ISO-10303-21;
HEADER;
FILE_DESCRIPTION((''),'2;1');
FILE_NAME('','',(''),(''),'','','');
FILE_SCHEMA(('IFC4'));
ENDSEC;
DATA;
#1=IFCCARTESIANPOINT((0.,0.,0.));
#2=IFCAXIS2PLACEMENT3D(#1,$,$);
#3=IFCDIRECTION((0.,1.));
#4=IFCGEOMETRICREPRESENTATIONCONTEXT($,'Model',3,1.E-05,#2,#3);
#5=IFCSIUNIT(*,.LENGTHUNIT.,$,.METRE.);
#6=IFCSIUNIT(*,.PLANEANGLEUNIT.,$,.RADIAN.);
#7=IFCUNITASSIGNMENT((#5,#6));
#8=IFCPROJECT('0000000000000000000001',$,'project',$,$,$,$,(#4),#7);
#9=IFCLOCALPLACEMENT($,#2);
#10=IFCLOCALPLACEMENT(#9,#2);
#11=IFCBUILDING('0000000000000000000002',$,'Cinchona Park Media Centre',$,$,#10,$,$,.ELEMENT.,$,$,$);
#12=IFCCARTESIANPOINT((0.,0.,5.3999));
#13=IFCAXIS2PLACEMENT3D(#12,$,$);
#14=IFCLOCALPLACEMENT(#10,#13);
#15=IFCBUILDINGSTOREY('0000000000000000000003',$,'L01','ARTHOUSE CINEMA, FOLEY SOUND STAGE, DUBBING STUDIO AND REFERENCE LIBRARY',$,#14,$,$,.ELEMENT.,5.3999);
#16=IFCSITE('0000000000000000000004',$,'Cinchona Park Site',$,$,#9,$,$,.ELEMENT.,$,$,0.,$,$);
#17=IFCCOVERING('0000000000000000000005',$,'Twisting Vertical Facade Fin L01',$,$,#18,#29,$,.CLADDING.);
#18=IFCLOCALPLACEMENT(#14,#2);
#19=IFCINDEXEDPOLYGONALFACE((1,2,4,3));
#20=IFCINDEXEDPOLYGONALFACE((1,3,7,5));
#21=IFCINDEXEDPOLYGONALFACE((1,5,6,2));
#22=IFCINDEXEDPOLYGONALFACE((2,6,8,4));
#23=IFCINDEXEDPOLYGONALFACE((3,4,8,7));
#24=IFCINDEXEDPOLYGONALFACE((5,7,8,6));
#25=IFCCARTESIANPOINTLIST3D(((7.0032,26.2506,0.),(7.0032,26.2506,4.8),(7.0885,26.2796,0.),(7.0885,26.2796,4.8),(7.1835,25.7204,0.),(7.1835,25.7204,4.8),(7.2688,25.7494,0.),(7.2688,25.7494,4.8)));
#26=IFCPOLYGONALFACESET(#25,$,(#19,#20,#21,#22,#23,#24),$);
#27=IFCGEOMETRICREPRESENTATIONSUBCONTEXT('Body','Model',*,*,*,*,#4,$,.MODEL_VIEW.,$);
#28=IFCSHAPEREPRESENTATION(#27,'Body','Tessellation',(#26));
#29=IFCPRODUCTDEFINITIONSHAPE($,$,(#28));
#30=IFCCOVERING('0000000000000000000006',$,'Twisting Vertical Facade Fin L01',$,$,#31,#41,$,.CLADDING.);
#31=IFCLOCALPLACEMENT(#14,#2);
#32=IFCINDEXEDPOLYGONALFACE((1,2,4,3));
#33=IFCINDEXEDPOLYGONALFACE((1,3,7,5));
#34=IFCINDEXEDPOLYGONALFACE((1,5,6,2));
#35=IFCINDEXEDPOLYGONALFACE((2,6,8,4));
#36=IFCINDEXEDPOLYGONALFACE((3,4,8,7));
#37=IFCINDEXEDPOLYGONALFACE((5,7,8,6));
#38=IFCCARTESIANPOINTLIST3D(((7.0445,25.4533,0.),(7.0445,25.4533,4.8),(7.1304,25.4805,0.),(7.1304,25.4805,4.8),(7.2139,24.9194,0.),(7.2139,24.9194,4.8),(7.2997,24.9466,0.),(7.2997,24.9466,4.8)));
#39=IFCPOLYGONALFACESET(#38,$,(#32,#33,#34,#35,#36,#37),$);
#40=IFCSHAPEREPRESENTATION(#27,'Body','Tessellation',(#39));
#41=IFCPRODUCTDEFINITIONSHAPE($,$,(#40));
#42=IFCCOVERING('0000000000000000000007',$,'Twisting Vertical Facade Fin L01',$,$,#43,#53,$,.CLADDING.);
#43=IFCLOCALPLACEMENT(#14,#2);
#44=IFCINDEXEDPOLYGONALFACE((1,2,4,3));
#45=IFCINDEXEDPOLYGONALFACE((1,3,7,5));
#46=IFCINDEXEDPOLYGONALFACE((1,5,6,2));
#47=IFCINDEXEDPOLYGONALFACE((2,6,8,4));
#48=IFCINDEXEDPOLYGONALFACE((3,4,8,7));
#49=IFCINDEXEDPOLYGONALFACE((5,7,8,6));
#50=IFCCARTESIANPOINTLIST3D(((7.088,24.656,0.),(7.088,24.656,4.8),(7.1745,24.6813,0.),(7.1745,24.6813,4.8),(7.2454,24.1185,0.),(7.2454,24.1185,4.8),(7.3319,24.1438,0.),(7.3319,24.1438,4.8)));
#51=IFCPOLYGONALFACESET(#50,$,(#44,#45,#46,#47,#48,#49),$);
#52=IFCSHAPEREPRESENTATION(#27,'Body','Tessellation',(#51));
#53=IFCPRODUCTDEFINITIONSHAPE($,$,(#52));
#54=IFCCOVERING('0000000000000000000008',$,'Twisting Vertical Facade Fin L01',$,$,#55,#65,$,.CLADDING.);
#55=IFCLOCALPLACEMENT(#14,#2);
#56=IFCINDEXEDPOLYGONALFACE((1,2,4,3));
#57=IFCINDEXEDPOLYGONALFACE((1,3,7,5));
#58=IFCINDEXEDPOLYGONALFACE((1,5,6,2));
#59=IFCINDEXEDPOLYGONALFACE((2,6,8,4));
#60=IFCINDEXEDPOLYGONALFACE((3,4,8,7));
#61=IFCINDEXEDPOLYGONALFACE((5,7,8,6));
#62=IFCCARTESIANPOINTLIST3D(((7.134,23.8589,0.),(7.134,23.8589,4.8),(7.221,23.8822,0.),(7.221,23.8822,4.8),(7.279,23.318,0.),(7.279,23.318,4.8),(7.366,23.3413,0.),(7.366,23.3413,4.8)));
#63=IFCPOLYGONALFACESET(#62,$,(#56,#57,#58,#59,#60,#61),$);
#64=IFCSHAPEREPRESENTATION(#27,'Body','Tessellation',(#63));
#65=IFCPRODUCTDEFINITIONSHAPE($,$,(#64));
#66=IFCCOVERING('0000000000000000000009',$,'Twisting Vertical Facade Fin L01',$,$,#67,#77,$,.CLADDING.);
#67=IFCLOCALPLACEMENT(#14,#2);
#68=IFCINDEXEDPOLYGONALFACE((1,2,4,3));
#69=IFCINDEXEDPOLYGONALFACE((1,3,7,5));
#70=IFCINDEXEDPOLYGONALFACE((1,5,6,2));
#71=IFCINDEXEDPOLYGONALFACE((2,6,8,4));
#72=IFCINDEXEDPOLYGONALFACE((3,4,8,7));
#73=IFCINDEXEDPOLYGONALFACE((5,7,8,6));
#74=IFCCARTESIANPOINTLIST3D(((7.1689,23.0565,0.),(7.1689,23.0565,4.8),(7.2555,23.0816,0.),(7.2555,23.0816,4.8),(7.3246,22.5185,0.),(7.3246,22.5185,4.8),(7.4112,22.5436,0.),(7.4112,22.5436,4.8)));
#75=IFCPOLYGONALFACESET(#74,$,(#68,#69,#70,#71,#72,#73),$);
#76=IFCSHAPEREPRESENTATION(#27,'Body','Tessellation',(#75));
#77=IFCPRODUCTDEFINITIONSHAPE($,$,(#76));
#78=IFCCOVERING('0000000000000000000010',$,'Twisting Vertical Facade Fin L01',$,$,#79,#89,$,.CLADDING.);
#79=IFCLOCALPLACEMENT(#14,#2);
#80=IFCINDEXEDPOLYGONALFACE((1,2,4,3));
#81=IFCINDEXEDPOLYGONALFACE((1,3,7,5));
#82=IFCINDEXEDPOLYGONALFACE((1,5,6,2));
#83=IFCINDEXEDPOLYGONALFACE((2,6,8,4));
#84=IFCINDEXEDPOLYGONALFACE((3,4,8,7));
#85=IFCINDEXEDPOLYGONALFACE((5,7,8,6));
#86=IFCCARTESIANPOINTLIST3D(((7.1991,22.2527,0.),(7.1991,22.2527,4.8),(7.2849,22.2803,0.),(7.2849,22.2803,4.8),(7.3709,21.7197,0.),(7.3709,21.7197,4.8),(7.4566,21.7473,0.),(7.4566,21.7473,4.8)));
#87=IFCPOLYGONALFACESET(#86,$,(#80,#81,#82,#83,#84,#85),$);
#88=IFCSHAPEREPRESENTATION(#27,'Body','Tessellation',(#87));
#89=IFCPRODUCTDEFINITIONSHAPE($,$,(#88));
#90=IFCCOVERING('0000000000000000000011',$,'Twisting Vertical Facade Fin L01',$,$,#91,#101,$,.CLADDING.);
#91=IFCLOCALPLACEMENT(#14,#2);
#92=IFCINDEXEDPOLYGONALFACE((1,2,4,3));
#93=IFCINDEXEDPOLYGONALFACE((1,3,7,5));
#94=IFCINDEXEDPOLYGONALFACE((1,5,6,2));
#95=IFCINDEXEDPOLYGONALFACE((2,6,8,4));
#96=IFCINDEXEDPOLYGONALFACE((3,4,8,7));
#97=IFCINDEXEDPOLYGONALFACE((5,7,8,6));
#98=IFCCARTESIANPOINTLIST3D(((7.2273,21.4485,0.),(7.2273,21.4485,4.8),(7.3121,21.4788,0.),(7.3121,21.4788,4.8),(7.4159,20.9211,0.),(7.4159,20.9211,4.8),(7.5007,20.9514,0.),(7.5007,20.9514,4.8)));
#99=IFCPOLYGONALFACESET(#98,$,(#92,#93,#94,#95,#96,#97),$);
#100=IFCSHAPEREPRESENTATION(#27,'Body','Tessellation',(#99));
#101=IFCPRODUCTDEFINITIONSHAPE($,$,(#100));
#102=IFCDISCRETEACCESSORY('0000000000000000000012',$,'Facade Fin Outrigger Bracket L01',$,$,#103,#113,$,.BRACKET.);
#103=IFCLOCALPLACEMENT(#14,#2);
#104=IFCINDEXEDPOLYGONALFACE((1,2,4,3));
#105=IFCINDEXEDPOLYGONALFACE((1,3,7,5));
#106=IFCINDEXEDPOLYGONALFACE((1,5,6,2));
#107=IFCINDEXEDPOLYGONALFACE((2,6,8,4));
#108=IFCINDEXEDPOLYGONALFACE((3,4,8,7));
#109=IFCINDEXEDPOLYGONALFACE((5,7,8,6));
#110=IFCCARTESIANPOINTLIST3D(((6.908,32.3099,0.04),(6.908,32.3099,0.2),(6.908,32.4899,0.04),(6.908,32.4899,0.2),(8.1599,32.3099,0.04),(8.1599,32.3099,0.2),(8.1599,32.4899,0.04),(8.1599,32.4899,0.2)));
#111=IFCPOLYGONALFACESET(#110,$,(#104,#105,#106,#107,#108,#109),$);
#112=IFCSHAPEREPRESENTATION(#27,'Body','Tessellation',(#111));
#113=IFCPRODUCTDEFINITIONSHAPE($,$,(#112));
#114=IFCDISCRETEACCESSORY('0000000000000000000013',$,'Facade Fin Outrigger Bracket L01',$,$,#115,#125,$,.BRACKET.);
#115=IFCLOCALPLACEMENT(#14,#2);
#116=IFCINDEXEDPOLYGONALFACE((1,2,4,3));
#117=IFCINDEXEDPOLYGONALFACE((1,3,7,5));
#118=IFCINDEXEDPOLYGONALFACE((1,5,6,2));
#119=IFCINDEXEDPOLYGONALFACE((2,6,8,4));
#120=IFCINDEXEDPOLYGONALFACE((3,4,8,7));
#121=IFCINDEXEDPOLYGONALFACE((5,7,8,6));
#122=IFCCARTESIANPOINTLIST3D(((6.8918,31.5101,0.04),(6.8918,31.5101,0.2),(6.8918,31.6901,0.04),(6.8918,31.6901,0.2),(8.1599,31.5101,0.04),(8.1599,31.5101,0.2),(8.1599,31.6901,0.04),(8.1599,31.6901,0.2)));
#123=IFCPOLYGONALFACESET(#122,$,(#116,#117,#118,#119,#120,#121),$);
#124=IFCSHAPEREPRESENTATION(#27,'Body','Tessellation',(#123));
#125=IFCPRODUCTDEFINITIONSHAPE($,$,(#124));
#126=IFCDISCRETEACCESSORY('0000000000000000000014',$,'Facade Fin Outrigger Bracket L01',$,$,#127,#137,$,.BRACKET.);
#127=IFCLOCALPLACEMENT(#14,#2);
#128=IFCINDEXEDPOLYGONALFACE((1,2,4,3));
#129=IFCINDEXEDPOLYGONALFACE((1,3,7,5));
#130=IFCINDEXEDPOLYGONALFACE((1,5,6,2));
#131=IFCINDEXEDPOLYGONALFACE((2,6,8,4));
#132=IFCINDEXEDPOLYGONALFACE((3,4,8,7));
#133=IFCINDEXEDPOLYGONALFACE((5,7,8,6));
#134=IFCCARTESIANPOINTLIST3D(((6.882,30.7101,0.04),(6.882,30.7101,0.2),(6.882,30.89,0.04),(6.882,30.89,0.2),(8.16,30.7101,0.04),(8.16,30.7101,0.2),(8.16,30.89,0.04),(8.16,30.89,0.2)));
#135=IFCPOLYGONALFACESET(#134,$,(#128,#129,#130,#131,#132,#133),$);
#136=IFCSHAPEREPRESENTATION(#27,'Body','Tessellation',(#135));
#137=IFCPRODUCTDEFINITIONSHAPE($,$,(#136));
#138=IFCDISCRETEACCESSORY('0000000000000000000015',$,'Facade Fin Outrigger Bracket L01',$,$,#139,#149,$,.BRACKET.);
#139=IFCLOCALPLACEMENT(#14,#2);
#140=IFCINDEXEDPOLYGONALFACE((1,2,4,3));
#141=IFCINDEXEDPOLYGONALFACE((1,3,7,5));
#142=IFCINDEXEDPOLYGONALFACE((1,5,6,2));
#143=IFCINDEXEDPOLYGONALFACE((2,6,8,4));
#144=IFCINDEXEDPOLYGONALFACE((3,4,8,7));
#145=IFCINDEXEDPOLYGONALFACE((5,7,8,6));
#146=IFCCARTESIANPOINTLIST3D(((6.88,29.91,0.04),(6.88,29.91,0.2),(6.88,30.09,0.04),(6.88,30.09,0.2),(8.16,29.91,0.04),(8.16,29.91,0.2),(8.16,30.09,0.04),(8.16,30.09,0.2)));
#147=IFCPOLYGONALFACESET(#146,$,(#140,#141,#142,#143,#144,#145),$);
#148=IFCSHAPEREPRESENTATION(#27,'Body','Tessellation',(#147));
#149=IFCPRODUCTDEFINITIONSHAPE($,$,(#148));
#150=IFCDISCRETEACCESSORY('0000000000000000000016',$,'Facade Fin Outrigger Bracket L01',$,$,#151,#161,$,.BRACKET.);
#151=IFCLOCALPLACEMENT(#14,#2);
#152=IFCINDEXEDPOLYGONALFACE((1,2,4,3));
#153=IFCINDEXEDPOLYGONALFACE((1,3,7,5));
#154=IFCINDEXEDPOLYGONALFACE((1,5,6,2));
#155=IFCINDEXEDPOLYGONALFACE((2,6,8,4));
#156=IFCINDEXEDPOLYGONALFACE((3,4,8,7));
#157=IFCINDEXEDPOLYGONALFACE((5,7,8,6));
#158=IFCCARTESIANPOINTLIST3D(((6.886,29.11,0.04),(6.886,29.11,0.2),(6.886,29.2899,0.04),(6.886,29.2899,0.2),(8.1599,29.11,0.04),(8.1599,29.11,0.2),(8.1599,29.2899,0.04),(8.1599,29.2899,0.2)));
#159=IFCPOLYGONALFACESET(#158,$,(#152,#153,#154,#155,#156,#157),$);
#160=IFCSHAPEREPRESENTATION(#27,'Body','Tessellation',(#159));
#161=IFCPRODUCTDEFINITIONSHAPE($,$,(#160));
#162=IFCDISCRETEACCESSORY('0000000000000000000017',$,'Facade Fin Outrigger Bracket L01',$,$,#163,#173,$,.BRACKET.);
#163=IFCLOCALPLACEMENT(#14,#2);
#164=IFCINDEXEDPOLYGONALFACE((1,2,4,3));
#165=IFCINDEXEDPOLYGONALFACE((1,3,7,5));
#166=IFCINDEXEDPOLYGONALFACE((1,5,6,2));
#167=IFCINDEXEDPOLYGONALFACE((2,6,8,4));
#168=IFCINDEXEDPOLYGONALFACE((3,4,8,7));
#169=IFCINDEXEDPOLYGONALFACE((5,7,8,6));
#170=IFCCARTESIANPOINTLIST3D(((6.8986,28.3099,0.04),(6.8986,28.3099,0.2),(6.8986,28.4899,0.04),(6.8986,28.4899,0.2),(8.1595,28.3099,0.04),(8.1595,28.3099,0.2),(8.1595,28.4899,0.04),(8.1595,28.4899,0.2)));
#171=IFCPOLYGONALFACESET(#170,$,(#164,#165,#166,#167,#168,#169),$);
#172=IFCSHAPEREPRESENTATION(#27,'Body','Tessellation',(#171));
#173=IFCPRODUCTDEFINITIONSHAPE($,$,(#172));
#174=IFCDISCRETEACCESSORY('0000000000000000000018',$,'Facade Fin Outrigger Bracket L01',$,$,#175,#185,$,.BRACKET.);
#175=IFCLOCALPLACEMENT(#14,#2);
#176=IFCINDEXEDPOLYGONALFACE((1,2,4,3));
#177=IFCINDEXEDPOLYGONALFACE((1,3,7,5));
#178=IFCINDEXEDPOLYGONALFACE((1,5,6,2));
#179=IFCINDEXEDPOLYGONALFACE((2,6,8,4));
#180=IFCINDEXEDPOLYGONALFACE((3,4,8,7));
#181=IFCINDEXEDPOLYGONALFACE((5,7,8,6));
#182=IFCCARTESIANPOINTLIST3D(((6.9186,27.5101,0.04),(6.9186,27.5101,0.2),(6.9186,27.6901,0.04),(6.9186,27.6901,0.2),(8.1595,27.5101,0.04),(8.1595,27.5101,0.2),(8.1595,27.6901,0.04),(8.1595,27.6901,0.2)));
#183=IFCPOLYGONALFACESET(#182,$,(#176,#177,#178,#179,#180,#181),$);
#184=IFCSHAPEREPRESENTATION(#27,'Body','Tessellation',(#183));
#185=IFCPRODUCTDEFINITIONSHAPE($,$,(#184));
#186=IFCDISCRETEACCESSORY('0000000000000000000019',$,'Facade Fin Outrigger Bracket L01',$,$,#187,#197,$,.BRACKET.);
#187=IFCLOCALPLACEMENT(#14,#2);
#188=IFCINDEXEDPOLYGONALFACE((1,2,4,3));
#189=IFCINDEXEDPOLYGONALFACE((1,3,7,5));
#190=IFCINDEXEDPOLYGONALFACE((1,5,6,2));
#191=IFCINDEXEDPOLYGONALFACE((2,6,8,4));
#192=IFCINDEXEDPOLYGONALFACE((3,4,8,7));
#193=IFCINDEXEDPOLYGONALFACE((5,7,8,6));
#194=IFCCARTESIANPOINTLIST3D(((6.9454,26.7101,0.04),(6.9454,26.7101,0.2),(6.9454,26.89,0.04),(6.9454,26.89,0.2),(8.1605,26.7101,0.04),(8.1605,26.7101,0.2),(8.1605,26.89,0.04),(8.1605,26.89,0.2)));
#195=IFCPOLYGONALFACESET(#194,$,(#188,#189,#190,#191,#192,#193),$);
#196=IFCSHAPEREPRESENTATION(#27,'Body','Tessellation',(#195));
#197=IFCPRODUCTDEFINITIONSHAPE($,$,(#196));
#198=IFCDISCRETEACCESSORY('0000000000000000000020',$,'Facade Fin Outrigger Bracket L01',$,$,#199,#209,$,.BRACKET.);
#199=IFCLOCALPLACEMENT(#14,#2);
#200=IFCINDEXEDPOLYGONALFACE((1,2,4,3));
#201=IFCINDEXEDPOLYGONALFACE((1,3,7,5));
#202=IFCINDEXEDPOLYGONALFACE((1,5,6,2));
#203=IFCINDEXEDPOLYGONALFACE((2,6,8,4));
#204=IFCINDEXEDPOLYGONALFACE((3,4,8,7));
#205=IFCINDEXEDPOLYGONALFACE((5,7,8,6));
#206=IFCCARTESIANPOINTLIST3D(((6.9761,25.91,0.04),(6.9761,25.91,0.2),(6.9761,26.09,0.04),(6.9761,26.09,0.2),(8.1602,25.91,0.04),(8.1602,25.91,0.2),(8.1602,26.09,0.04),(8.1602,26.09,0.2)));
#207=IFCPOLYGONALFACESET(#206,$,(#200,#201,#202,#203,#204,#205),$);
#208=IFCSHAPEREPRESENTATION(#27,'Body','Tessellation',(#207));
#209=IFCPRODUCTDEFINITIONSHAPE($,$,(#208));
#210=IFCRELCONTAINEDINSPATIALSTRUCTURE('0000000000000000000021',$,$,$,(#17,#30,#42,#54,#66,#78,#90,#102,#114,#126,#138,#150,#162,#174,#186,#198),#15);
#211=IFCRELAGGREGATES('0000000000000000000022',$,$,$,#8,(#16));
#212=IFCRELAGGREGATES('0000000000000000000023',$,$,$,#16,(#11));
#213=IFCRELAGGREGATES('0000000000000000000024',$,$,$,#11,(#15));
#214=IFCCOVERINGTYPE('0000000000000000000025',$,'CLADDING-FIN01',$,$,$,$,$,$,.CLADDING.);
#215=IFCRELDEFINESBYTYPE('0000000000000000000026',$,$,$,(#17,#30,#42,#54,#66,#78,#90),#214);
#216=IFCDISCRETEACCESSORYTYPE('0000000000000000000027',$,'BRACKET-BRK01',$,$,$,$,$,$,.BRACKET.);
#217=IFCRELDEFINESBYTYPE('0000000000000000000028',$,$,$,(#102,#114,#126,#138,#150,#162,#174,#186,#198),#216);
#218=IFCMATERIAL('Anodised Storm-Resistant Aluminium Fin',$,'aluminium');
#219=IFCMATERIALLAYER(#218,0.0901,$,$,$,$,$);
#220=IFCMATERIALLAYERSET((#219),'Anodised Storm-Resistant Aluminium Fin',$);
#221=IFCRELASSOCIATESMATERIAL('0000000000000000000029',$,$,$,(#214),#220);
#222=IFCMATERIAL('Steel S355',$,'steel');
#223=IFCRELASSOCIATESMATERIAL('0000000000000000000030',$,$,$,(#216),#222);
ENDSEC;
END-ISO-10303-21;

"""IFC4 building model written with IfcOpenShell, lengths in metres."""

from ifc_helpers import new_model, si_unit, direction, frame, origin, origin_2d, place, context, subcontext, project, spatial, rectangle, extrude, material, layer, layer_set, type_object, element, save


model = new_model("IFC4")

# Units and contexts
model_context = context("Model", 3, precision=1e-05, world=origin(), true_north=direction((0.0, 1.0)))
body_context = subcontext(model_context, "Body", "Model", "MODEL_VIEW")
ifc_project = project(units=[si_unit("LENGTHUNIT", "METRE"), si_unit("PLANEANGLEUNIT", "RADIAN")], contexts=[model_context])

# Site, building, storey
site_placement = place(None, origin())
site = spatial("IfcSite", under=ifc_project, at=site_placement, Name="Cinchona Park Site", CompositionType="ELEMENT", RefElevation=0.0)
building_placement = place(site_placement, origin())
building = spatial("IfcBuilding", under=site, at=building_placement, Name="Cinchona Park Media Centre", CompositionType="ELEMENT")
storey_placement = place(building_placement, frame((0.0, 0.0, 5.3999)))
storey = spatial("IfcBuildingStorey", under=building, at=storey_placement, Name="L01", Description="ARTHOUSE CINEMA, FOLEY SOUND STAGE, DUBBING STUDIO AND REFERENCE LIBRARY", CompositionType="ELEMENT", Elevation=5.3999)

# Coverings
ifc_material_1 = material(Name="Anodised Storm-Resistant Aluminium Fin", Category="aluminium")
ifc_layer_1 = layer(ifc_material_1, 0.0901)
ifc_layer_set_1 = layer_set([ifc_layer_1], Name="Anodised Storm-Resistant Aluminium Fin")
covering_type = type_object("IfcCoveringType", Name="CLADDING-FIN01", PredefinedType="CLADDING", material=ifc_layer_set_1)
for number, where, z_axis, x_axis, name in (
    (1, (7.136, 26.0, 0.0), (0.0, 0.0, 1.0), (0.321935, -0.946762, 0.0), "Twisting Vertical Facade Fin L01"),
    (2, (7.1721, 25.2, 0.0), (0.0, 0.0, 1.0), (0.30237, -0.953191, 0.0), "Twisting Vertical Facade Fin L01"),
    (3, (7.21, 24.3999, 0.0), (0.0, 0.0, 1.0), (0.281002, -0.959707, 0.0), "Twisting Vertical Facade Fin L01"),
    (4, (7.25, 23.6001, 0.0), (0.0, 0.0, 1.0), (0.258819, -0.965926, 0.0), "Twisting Vertical Facade Fin L01"),
    (5, (7.29, 22.8, 0.0), (0.0, 0.0, 1.0), (0.277985, -0.960585, 0.0), "Twisting Vertical Facade Fin L01"),
    (6, (7.3279, 22.0, 0.0), (0.0, 0.0, 1.0), (0.306692, -0.951809, 0.0), "Twisting Vertical Facade Fin L01"),
    (7, (7.364, 21.2, 0.0), (0.0, 0.0, 1.0), (0.336767, -0.941588, 0.0), "Twisting Vertical Facade Fin L01"),
):
    element("IfcCovering", number, at=place(storey_placement, frame(where, z_axis=z_axis, x_axis=x_axis)), inside=storey, type_object=covering_type, Name=name, PredefinedType="CLADDING", context=body_context, shape_type="SweptSolid", body=[
        extrude(rectangle(XDim=0.5601, YDim=0.0901, at=origin_2d()), origin(), (0.0, 0.0, 1.0), 4.8),
    ])

# Discrete accessories
ifc_material_2 = material(Name="Steel S355", Category="steel")
discrete_accessory_type = type_object("IfcDiscreteAccessoryType", Name="BRACKET-BRK01", PredefinedType="BRACKET", material=ifc_material_2)
discrete_accessory_1_placement = place(storey_placement, frame((7.5339, 32.3999, 0.04), z_axis=(0.0, 0.0, 1.0), x_axis=(0.0, -1.0, 0.0)))
element("IfcDiscreteAccessory", 8, at=discrete_accessory_1_placement, inside=storey, type_object=discrete_accessory_type, Name="Facade Fin Outrigger Bracket L01", PredefinedType="BRACKET", context=body_context, shape_type="SweptSolid", body=[
    extrude(rectangle(XDim=0.1799, YDim=1.252, at=origin_2d()), origin(), (0.0, 0.0, 1.0), 0.1599),
])
discrete_accessory_2_placement = place(storey_placement, frame((7.5259, 31.6001, 0.04), z_axis=(0.0, 0.0, 1.0), x_axis=(0.0, -1.0, 0.0)))
element("IfcDiscreteAccessory", 9, at=discrete_accessory_2_placement, inside=storey, type_object=discrete_accessory_type, Name="Facade Fin Outrigger Bracket L01", PredefinedType="BRACKET", context=body_context, shape_type="SweptSolid", body=[
    extrude(rectangle(XDim=0.1799, YDim=1.2681, at=origin_2d()), origin(), (0.0, 0.0, 1.0), 0.1599),
])
discrete_accessory_3_placement = place(storey_placement, frame((7.521, 30.8, 0.04), z_axis=(0.0, 0.0, 1.0), x_axis=(0.0, -1.0, 0.0)))
element("IfcDiscreteAccessory", 10, at=discrete_accessory_3_placement, inside=storey, type_object=discrete_accessory_type, Name="Facade Fin Outrigger Bracket L01", PredefinedType="BRACKET", context=body_context, shape_type="SweptSolid", body=[
    extrude(rectangle(XDim=0.1799, YDim=1.2781, at=origin_2d()), origin(), (0.0, 0.0, 1.0), 0.1599),
])
discrete_accessory_4_placement = place(storey_placement, frame((7.52, 30.0, 0.04), z_axis=(0.0, 0.0, 1.0), x_axis=(0.0, -1.0, 0.0)))
element("IfcDiscreteAccessory", 11, at=discrete_accessory_4_placement, inside=storey, type_object=discrete_accessory_type, Name="Facade Fin Outrigger Bracket L01", PredefinedType="BRACKET", context=body_context, shape_type="SweptSolid", body=[
    extrude(rectangle(XDim=0.1799, YDim=1.28, at=origin_2d()), origin(), (0.0, 0.0, 1.0), 0.1599),
])
discrete_accessory_5_placement = place(storey_placement, frame((7.5229, 29.2, 0.04), z_axis=(0.0, 0.0, 1.0), x_axis=(0.0, -1.0, 0.0)))
element("IfcDiscreteAccessory", 12, at=discrete_accessory_5_placement, inside=storey, type_object=discrete_accessory_type, Name="Facade Fin Outrigger Bracket L01", PredefinedType="BRACKET", context=body_context, shape_type="SweptSolid", body=[
    extrude(rectangle(XDim=0.1799, YDim=1.2739, at=origin_2d()), origin(), (0.0, 0.0, 1.0), 0.1599),
])
discrete_accessory_6_placement = place(storey_placement, frame((7.5291, 28.3999, 0.04), z_axis=(0.0, 0.0, 1.0), x_axis=(0.0, -1.0, 0.0)))
element("IfcDiscreteAccessory", 13, at=discrete_accessory_6_placement, inside=storey, type_object=discrete_accessory_type, Name="Facade Fin Outrigger Bracket L01", PredefinedType="BRACKET", context=body_context, shape_type="SweptSolid", body=[
    extrude(rectangle(XDim=0.1799, YDim=1.261, at=origin_2d()), origin(), (0.0, 0.0, 1.0), 0.1599),
])
discrete_accessory_7_placement = place(storey_placement, frame((7.5391, 27.6001, 0.04), z_axis=(0.0, 0.0, 1.0), x_axis=(0.0, -1.0, 0.0)))
element("IfcDiscreteAccessory", 14, at=discrete_accessory_7_placement, inside=storey, type_object=discrete_accessory_type, Name="Facade Fin Outrigger Bracket L01", PredefinedType="BRACKET", context=body_context, shape_type="SweptSolid", body=[
    extrude(rectangle(XDim=0.1799, YDim=1.241, at=origin_2d()), origin(), (0.0, 0.0, 1.0), 0.1599),
])
discrete_accessory_8_placement = place(storey_placement, frame((7.553, 26.8, 0.04), z_axis=(0.0, 0.0, 1.0), x_axis=(0.0, -1.0, 0.0)))
element("IfcDiscreteAccessory", 15, at=discrete_accessory_8_placement, inside=storey, type_object=discrete_accessory_type, Name="Facade Fin Outrigger Bracket L01", PredefinedType="BRACKET", context=body_context, shape_type="SweptSolid", body=[
    extrude(rectangle(XDim=0.1799, YDim=1.2151, at=origin_2d()), origin(), (0.0, 0.0, 1.0), 0.1599),
])
discrete_accessory_9_placement = place(storey_placement, frame((7.5681, 26.0, 0.04), z_axis=(0.0, 0.0, 1.0), x_axis=(0.0, -1.0, 0.0)))
element("IfcDiscreteAccessory", 16, at=discrete_accessory_9_placement, inside=storey, type_object=discrete_accessory_type, Name="Facade Fin Outrigger Bracket L01", PredefinedType="BRACKET", context=body_context, shape_type="SweptSolid", body=[
    extrude(rectangle(XDim=0.1799, YDim=1.1841, at=origin_2d()), origin(), (0.0, 0.0, 1.0), 0.1599),
])

save(model, "model.ifc")
